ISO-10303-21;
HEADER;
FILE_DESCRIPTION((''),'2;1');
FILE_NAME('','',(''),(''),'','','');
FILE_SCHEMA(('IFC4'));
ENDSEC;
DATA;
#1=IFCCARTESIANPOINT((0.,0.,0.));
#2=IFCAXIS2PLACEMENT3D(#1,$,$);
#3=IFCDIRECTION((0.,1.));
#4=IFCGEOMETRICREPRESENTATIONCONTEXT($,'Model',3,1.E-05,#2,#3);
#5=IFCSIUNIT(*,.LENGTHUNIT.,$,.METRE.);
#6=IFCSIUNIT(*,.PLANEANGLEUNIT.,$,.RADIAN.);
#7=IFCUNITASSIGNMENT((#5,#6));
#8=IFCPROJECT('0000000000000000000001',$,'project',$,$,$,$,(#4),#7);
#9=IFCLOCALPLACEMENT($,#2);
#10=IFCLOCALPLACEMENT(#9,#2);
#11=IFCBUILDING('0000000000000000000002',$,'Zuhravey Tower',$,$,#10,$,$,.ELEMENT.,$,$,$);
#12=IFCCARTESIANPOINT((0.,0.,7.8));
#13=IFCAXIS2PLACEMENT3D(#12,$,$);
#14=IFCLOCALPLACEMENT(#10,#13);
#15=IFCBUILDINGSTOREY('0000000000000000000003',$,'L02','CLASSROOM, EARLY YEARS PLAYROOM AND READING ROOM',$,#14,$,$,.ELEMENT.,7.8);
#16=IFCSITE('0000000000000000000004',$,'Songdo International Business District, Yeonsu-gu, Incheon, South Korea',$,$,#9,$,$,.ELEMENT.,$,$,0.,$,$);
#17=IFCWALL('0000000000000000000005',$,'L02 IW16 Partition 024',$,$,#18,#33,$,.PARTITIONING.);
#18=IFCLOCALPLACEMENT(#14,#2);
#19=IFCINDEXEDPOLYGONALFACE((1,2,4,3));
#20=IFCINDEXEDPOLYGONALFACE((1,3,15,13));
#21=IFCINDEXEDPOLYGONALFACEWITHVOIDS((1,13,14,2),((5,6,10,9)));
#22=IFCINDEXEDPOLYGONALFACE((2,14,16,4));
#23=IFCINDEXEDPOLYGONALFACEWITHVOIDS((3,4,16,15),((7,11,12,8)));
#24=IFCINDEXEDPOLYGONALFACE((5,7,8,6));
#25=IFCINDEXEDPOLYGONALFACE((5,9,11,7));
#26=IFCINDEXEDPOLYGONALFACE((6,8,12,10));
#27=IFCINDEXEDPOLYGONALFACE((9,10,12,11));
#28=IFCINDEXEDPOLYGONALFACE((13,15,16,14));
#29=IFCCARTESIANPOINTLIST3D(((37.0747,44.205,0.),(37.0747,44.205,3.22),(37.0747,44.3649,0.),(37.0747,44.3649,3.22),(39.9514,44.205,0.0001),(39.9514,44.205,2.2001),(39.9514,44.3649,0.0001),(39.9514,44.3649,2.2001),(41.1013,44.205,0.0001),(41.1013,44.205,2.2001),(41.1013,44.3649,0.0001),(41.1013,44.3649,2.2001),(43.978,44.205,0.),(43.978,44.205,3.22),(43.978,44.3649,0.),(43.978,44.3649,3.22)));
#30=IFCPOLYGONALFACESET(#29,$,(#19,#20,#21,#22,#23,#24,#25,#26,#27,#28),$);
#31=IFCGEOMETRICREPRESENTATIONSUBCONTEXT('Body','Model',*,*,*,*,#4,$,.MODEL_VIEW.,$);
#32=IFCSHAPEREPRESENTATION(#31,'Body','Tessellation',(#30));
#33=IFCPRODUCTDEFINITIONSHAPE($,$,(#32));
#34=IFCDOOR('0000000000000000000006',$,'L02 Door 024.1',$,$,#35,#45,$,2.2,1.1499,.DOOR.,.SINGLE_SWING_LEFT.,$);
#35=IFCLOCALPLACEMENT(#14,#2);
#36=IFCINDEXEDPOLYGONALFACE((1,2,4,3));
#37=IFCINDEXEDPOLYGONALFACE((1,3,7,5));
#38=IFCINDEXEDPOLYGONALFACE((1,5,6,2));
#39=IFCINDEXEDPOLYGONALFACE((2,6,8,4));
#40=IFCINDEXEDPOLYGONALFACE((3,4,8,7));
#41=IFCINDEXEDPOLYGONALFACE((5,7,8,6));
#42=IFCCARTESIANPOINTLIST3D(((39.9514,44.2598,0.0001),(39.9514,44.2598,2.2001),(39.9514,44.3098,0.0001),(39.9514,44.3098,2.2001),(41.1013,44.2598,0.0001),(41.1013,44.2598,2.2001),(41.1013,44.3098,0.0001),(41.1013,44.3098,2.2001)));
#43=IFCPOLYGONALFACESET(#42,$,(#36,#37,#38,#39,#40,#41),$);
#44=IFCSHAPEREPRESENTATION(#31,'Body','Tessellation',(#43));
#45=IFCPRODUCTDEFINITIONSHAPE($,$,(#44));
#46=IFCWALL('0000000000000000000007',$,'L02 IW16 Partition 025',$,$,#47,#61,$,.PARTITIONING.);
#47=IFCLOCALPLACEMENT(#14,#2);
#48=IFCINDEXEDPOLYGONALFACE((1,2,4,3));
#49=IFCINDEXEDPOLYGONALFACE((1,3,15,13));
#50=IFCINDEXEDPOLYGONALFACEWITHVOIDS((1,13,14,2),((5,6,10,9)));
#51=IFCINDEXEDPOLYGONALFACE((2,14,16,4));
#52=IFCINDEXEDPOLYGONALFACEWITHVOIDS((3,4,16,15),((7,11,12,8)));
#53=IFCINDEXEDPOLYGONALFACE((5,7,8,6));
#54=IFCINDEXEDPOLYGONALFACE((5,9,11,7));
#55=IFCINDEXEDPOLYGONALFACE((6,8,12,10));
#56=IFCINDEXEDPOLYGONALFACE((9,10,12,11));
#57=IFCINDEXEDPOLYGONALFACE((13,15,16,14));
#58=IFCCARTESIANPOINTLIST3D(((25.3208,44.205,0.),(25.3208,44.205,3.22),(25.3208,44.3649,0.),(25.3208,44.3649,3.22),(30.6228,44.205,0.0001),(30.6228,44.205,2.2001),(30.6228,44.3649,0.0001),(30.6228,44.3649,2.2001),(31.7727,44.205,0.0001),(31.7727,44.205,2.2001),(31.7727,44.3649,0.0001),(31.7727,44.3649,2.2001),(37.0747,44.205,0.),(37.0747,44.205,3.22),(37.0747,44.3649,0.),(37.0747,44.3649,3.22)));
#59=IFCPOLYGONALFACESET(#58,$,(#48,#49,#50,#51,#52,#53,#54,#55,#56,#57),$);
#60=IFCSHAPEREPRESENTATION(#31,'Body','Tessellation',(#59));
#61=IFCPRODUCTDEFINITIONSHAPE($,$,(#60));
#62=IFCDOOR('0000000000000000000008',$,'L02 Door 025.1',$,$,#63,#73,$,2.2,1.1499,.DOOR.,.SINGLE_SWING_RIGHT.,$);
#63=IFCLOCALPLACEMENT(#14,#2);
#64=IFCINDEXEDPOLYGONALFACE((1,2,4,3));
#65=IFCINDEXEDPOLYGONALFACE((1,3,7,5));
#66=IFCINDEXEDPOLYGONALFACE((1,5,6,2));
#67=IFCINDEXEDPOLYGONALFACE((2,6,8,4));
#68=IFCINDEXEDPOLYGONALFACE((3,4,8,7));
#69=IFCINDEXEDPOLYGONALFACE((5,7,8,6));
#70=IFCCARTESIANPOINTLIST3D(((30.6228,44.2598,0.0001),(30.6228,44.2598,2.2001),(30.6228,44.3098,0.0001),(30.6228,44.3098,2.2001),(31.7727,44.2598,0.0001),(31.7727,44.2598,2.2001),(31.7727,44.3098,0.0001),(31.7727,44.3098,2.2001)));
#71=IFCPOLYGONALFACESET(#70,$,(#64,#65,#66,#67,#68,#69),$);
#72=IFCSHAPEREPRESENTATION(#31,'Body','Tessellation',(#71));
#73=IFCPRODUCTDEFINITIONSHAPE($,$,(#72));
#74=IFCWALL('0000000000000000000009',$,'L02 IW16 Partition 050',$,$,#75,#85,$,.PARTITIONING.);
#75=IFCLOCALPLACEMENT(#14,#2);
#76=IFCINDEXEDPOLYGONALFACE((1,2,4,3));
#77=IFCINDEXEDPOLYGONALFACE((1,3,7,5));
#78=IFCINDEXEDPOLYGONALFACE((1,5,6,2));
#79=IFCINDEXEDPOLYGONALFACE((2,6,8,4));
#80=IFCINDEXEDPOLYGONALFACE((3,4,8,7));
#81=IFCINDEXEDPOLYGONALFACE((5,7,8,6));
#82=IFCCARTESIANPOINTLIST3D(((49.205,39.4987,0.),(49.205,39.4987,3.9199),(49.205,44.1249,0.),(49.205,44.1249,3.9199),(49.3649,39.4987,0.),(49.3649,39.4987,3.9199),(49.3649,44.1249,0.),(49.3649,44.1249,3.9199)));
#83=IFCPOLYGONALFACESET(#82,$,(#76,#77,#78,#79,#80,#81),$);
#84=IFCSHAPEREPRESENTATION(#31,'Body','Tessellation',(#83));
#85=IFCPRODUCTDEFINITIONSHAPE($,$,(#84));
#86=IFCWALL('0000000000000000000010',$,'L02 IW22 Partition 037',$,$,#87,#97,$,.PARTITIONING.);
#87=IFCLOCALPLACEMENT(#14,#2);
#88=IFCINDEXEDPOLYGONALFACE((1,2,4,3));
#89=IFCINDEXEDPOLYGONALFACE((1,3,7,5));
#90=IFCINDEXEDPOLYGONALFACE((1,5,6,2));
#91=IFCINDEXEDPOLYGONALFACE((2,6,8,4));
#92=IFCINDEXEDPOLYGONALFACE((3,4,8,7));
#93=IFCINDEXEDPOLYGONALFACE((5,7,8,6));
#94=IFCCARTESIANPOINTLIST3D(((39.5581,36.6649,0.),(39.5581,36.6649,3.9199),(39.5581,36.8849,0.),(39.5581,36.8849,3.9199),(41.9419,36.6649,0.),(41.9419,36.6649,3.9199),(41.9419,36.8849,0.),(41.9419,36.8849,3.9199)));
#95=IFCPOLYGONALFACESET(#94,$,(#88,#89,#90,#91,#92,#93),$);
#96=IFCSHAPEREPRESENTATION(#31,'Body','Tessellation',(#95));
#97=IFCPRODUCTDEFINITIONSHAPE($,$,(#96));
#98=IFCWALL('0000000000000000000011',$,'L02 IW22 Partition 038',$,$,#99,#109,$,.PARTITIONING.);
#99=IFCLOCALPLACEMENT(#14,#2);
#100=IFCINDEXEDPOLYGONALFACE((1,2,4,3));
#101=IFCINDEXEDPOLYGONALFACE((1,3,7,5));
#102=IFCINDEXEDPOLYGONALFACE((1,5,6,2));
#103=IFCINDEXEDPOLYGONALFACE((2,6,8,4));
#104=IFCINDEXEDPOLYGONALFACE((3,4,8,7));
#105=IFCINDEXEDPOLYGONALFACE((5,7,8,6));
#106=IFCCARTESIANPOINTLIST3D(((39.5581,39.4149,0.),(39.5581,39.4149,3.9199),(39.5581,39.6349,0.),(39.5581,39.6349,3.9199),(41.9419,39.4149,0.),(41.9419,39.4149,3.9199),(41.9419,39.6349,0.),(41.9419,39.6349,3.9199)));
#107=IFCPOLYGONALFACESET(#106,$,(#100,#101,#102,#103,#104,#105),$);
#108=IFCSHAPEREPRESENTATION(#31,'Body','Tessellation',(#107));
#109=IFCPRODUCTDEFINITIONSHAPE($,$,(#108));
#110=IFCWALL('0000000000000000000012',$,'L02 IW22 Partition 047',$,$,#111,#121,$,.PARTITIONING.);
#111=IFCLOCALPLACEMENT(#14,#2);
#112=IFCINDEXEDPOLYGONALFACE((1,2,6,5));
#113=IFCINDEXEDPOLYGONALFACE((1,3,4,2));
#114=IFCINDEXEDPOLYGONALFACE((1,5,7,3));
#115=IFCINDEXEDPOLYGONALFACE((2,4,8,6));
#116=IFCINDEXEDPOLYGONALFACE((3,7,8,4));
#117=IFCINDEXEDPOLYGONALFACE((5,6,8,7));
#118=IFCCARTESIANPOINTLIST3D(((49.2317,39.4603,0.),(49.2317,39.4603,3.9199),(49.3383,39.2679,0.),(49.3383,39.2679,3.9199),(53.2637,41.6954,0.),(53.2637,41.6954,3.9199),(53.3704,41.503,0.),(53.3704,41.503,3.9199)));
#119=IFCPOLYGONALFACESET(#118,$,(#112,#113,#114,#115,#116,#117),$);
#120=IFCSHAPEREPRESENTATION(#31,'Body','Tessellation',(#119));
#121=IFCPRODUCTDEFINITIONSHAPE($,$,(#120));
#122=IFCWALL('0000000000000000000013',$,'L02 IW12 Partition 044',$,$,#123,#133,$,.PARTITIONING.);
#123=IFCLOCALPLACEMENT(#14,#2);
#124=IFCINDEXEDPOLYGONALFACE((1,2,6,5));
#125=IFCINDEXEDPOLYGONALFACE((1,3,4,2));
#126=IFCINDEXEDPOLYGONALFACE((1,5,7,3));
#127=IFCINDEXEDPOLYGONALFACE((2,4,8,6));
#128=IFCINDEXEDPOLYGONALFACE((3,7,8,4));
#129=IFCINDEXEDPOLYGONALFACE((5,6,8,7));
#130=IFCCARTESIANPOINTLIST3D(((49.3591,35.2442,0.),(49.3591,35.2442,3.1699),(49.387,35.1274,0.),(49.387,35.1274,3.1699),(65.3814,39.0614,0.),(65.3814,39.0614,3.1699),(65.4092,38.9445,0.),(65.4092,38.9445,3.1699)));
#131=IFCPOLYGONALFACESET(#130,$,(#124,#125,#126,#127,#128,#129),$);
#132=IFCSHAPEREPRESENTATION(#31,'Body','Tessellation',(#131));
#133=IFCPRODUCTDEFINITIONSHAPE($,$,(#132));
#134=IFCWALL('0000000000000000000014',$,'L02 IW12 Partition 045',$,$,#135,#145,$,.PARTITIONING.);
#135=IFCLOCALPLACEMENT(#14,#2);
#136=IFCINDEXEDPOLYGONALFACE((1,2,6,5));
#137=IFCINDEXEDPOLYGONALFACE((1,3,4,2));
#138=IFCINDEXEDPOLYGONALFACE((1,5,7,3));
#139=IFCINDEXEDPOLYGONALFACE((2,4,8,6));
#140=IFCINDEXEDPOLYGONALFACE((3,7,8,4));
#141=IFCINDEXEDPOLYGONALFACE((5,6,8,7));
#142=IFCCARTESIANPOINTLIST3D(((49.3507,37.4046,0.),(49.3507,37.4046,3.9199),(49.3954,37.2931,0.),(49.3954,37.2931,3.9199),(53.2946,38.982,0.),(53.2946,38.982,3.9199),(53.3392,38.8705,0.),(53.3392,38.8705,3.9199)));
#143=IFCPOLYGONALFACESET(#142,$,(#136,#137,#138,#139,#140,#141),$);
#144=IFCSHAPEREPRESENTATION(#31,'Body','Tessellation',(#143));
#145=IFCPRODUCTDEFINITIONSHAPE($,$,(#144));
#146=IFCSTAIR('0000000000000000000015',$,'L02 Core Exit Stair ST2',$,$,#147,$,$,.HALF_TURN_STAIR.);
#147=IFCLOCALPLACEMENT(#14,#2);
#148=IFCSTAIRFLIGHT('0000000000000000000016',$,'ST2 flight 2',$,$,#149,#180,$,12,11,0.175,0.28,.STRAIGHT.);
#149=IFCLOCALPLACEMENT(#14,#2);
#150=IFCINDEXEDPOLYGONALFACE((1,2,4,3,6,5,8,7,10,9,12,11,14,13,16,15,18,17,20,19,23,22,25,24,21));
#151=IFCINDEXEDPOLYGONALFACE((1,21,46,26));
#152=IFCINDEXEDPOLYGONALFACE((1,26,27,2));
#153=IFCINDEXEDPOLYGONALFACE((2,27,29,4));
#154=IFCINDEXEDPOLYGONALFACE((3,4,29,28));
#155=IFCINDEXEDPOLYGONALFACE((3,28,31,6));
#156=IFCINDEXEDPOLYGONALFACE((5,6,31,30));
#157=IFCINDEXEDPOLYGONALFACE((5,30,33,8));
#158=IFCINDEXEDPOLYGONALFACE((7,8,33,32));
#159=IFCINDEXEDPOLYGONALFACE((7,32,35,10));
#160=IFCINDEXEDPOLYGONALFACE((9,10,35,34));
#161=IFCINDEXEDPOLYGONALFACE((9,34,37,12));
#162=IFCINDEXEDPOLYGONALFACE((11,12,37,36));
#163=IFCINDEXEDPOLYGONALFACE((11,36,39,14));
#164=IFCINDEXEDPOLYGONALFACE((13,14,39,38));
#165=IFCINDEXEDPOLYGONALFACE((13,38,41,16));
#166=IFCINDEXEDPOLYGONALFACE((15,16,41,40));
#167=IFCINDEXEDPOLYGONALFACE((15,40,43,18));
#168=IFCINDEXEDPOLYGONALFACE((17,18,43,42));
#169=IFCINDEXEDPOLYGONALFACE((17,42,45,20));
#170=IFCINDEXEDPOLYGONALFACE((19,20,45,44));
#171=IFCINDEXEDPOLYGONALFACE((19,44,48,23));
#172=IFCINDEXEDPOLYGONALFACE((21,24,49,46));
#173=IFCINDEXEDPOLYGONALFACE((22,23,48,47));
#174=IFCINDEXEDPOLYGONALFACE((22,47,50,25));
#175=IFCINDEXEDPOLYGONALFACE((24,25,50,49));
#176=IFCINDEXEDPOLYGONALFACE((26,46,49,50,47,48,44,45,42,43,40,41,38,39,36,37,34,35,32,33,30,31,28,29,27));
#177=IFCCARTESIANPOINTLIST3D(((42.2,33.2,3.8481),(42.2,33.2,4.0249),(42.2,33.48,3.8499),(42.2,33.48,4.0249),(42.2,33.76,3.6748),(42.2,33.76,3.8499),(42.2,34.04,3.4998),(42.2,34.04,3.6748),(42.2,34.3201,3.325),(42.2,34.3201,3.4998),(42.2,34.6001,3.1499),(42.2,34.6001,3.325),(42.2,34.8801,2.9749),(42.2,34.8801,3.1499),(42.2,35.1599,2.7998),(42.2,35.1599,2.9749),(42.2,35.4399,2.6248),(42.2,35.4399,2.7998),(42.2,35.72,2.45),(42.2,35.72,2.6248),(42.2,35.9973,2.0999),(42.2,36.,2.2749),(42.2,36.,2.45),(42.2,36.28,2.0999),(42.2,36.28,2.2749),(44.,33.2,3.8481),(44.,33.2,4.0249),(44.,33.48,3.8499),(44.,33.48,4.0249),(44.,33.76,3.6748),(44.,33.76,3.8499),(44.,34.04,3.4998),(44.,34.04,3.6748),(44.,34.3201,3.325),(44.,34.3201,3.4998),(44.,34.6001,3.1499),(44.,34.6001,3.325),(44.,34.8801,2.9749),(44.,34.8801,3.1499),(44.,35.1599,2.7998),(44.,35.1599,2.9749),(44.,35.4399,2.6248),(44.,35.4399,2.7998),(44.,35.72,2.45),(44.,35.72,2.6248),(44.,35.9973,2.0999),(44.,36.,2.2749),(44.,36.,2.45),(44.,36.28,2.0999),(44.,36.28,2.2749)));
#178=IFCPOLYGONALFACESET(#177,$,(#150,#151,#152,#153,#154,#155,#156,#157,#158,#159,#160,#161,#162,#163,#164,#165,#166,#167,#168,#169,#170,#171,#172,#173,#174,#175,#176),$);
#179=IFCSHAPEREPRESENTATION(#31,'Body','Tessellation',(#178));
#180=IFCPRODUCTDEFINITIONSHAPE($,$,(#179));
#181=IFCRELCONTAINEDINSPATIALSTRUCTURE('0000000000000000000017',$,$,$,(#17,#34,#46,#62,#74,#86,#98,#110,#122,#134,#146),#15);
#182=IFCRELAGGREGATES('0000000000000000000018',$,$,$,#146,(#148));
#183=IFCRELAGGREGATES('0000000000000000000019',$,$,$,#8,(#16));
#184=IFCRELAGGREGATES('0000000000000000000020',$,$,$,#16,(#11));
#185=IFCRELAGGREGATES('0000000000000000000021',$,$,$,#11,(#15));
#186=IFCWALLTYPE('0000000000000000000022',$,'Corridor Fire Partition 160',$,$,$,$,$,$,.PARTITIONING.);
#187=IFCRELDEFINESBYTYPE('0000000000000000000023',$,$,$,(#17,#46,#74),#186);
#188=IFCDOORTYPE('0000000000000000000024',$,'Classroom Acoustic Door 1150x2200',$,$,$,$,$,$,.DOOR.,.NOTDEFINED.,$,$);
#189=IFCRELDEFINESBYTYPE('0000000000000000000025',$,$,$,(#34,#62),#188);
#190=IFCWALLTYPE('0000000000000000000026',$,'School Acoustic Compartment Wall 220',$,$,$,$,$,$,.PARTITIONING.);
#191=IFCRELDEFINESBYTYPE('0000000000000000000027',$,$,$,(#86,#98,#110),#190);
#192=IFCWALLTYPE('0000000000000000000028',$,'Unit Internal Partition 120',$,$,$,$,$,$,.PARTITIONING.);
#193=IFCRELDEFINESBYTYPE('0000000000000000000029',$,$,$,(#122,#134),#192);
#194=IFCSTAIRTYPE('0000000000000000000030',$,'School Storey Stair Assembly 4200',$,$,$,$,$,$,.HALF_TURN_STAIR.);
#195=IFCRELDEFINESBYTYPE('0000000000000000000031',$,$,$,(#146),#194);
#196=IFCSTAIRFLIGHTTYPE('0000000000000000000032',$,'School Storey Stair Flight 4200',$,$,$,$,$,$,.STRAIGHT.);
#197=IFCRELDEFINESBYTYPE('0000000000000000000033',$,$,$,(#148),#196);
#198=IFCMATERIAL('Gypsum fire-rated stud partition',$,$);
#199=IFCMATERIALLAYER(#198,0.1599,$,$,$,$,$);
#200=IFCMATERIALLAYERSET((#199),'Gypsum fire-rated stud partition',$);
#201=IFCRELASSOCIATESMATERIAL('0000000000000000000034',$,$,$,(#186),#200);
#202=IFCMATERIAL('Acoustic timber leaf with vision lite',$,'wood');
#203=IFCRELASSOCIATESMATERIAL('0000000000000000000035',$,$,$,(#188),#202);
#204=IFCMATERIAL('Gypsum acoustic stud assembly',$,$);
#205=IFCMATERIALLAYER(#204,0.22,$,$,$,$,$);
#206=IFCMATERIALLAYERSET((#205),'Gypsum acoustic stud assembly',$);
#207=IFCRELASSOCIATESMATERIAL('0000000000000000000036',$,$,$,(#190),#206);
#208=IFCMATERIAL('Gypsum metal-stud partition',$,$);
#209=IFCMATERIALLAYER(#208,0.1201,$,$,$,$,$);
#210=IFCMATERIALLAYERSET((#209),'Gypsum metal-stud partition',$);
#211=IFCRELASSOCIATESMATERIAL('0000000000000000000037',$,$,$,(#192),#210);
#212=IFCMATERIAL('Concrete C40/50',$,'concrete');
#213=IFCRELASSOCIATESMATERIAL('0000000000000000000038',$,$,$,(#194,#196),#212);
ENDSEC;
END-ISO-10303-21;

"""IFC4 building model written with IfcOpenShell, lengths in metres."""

from ifc_helpers import new_model, si_unit, direction, frame, frame_2d, origin, place, context, subcontext, project, spatial, polyline, rectangle, outline, extrude, material, layer, layer_set, type_object, element, fill, aggregate, save


model = new_model("IFC4")

# Units and contexts
model_context = context("Model", 3, precision=1e-05, world=origin(), true_north=direction((0.0, 1.0)))
body_context = subcontext(model_context, "Body", "Model", "MODEL_VIEW")
ifc_project = project(units=[si_unit("LENGTHUNIT", "METRE"), si_unit("PLANEANGLEUNIT", "RADIAN")], contexts=[model_context])

# Site, building, storey
site_placement = place(None, origin())
site = spatial("IfcSite", under=ifc_project, at=site_placement, Name="Songdo International Business District, Yeonsu-gu, Incheon, South Korea", CompositionType="ELEMENT", RefElevation=0.0)
building_placement = place(site_placement, origin())
building = spatial("IfcBuilding", under=site, at=building_placement, Name="Zuhravey Tower", CompositionType="ELEMENT")
storey_placement = place(building_placement, frame((0.0, 0.0, 7.8)))
storey = spatial("IfcBuildingStorey", under=building, at=storey_placement, Name="L02", Description="CLASSROOM, EARLY YEARS PLAYROOM AND READING ROOM", CompositionType="ELEMENT", Elevation=7.8)

# Walls, openings, doors
ifc_material_1 = material(Name="Gypsum fire-rated stud partition")
ifc_layer_1 = layer(ifc_material_1, 0.1599)
ifc_layer_set_1 = layer_set([ifc_layer_1], Name="Gypsum fire-rated stud partition")
wall_type_1 = type_object("IfcWallType", Name="Corridor Fire Partition 160", PredefinedType="PARTITIONING", material=ifc_layer_set_1)
ifc_material_2 = material(Name="Acoustic timber leaf with vision lite", Category="wood")
door_type_1 = type_object("IfcDoorType", Name="Classroom Acoustic Door 1150x2200", OperationType="NOTDEFINED", PredefinedType="DOOR", material=ifc_material_2)
wall_1_placement = place(storey_placement, frame((43.978, 44.2849, 0.0), z_axis=(0.0, 0.0, 1.0), x_axis=(-1.0, 0.0, 0.0)))
wall_1 = element("IfcWall", 1, at=wall_1_placement, inside=storey, type_object=wall_type_1, Name="L02 IW16 Partition 024", PredefinedType="PARTITIONING", context=body_context, shape_type="SweptSolid", body=[
    extrude(rectangle(XDim=6.9033, YDim=0.1599, at=frame_2d((3.4517, 0.0))), origin(), (0.0, 0.0, 1.0), 3.22),
])
opening_1_placement = place(wall_1_placement, frame((2.8767, 0.0, 0.0)))
opening_1 = element("IfcOpeningElement", 2, at=opening_1_placement, cuts=wall_1, PredefinedType="OPENING", context=body_context, shape_type="SweptSolid", body=[
    extrude(rectangle(XDim=1.1499, YDim=2.2, at=frame_2d((0.575, 1.1001))), frame((0.0, 0.092, 0.0), z_axis=(0.0, -1.0, 0.0), x_axis=(1.0, 0.0, 0.0)), (0.0, 0.0, 1.0), 0.1838),
])
door_1_placement = place(opening_1_placement, frame((1.1499, 0.0, 0.0), z_axis=(0.0, 0.0, 1.0), x_axis=(-1.0, 0.0, 0.0)))
door_1 = element("IfcDoor", 3, at=door_1_placement, inside=storey, type_object=door_type_1, Name="L02 Door 024.1", OperationType="SINGLE_SWING_LEFT", OverallHeight=2.2, OverallWidth=1.1499, PredefinedType="DOOR", context=body_context, shape_type="SweptSolid", body=[
    extrude(rectangle(XDim=1.1499, YDim=2.2, at=frame_2d((0.575, 1.1001))), frame((0.0, 0.0249, 0.0), z_axis=(0.0, -1.0, 0.0), x_axis=(1.0, 0.0, 0.0)), (0.0, 0.0, 1.0), 0.05),
])
fill(opening_1, door_1)
wall_2_placement = place(storey_placement, frame((37.0747, 44.2849, 0.0), z_axis=(0.0, 0.0, 1.0), x_axis=(-1.0, 0.0, 0.0)))
wall_2 = element("IfcWall", 4, at=wall_2_placement, inside=storey, type_object=wall_type_1, Name="L02 IW16 Partition 025", PredefinedType="PARTITIONING", context=body_context, shape_type="SweptSolid", body=[
    extrude(rectangle(XDim=11.7539, YDim=0.1599, at=frame_2d((5.877, 0.0))), origin(), (0.0, 0.0, 1.0), 3.22),
])
opening_2_placement = place(wall_2_placement, frame((5.302, 0.0, 0.0)))
opening_2 = element("IfcOpeningElement", 5, at=opening_2_placement, cuts=wall_2, PredefinedType="OPENING", context=body_context, shape_type="SweptSolid", body=[
    extrude(rectangle(XDim=1.1499, YDim=2.2, at=frame_2d((0.575, 1.1001))), frame((0.0, 0.092, 0.0), z_axis=(0.0, -1.0, 0.0), x_axis=(1.0, 0.0, 0.0)), (0.0, 0.0, 1.0), 0.1838),
])
door_2_placement = place(opening_2_placement, frame((1.1499, 0.0, 0.0), z_axis=(0.0, 0.0, 1.0), x_axis=(-1.0, 0.0, 0.0)))
door_2 = element("IfcDoor", 6, at=door_2_placement, inside=storey, type_object=door_type_1, Name="L02 Door 025.1", OperationType="SINGLE_SWING_RIGHT", OverallHeight=2.2, OverallWidth=1.1499, PredefinedType="DOOR", context=body_context, shape_type="SweptSolid", body=[
    extrude(rectangle(XDim=1.1499, YDim=2.2, at=frame_2d((0.575, 1.1001))), frame((0.0, 0.0249, 0.0), z_axis=(0.0, -1.0, 0.0), x_axis=(1.0, 0.0, 0.0)), (0.0, 0.0, 1.0), 0.05),
])
fill(opening_2, door_2)

# Wall
wall_3_placement = place(storey_placement, frame((49.2849, 39.4988, 0.0), z_axis=(0.0, 0.0, 1.0), x_axis=(0.0, 1.0, 0.0)))
element("IfcWall", 7, at=wall_3_placement, inside=storey, type_object=wall_type_1, Name="L02 IW16 Partition 050", PredefinedType="PARTITIONING", context=body_context, shape_type="SweptSolid", body=[
    extrude(rectangle(XDim=4.6262, YDim=0.1599, at=frame_2d((2.313, 0.0))), origin(), (0.0, 0.0, 1.0), 3.9199),
])

# Walls
ifc_material_3 = material(Name="Gypsum acoustic stud assembly")
ifc_layer_2 = layer(ifc_material_3, 0.22)
ifc_layer_set_2 = layer_set([ifc_layer_2], Name="Gypsum acoustic stud assembly")
wall_type_2 = type_object("IfcWallType", Name="School Acoustic Compartment Wall 220", PredefinedType="PARTITIONING", material=ifc_layer_set_2)
for number, where, z_axis, x_axis, name in (
    (8, (39.5581, 36.7749, 0.0), (0.0, 0.0, 1.0), (1.0, 0.0, 0.0), "L02 IW22 Partition 037"),
    (9, (39.5581, 39.5249, 0.0), (0.0, 0.0, 1.0), (1.0, 0.0, 0.0), "L02 IW22 Partition 038"),
):
    element("IfcWall", number, at=place(storey_placement, frame(where, z_axis=z_axis, x_axis=x_axis)), inside=storey, type_object=wall_type_2, Name=name, PredefinedType="PARTITIONING", context=body_context, shape_type="SweptSolid", body=[
        extrude(rectangle(XDim=2.3838, YDim=0.22, at=frame_2d((1.1919, 0.0))), origin(), (0.0, 0.0, 1.0), 3.9199),
    ])
wall_4_placement = place(storey_placement, frame((49.2849, 39.364, 0.0), z_axis=(0.0, 0.0, 1.0), x_axis=(0.874607, 0.484833, 0.0)))
element("IfcWall", 10, at=wall_4_placement, inside=storey, type_object=wall_type_2, Name="L02 IW22 Partition 047", PredefinedType="PARTITIONING", context=body_context, shape_type="SweptSolid", body=[
    extrude(rectangle(XDim=4.6101, YDim=0.22, at=frame_2d((2.3052, 0.0))), origin(), (0.0, 0.0, 1.0), 3.9199),
])
ifc_material_4 = material(Name="Gypsum metal-stud partition")
ifc_layer_3 = layer(ifc_material_4, 0.1201)
ifc_layer_set_3 = layer_set([ifc_layer_3], Name="Gypsum metal-stud partition")
wall_type_3 = type_object("IfcWallType", Name="Unit Internal Partition 120", PredefinedType="PARTITIONING", material=ifc_layer_set_3)
wall_5_placement = place(storey_placement, frame((49.373, 35.1858, 0.0), z_axis=(0.0, 0.0, 1.0), x_axis=(0.972774, 0.231754, 0.0)))
element("IfcWall", 11, at=wall_5_placement, inside=storey, type_object=wall_type_3, Name="L02 IW12 Partition 044", PredefinedType="PARTITIONING", context=body_context, shape_type="SweptSolid", body=[
    extrude(rectangle(XDim=16.4707, YDim=0.1201, at=frame_2d((8.2354, 0.0))), origin(), (0.0, 0.0, 1.0), 3.1699),
])
wall_6_placement = place(storey_placement, frame((49.373, 37.3489, 0.0), z_axis=(0.0, 0.0, 1.0), x_axis=(0.928489, 0.371361, 0.0)))
element("IfcWall", 12, at=wall_6_placement, inside=storey, type_object=wall_type_3, Name="L02 IW12 Partition 045", PredefinedType="PARTITIONING", context=body_context, shape_type="SweptSolid", body=[
    extrude(rectangle(XDim=4.2476, YDim=0.1201, at=frame_2d((2.1238, 0.0))), origin(), (0.0, 0.0, 1.0), 3.9199),
])

# Stair, stair flight
ifc_material_5 = material(Name="Concrete C40/50", Category="concrete")
stair_type = type_object("IfcStairType", Name="School Storey Stair Assembly 4200", PredefinedType="HALF_TURN_STAIR", material=ifc_material_5)
stair_placement = place(storey_placement, origin())
stair = element("IfcStair", 13, at=stair_placement, inside=storey, type_object=stair_type, Name="L02 Core Exit Stair ST2", PredefinedType="HALF_TURN_STAIR")
stair_flight_type = type_object("IfcStairFlightType", Name="School Storey Stair Flight 4200", PredefinedType="STRAIGHT", material=ifc_material_5)
stair_flight_placement = place(storey_placement, frame((43.1001, 36.28, 2.0999), z_axis=(0.0, 0.0, 1.0), x_axis=(0.0, -1.0, 0.0)))
stair_flight = element("IfcStairFlight", 14, at=stair_flight_placement, type_object=stair_flight_type, Name="ST2 flight 2", NumberOfRisers=12, NumberOfTreads=11, PredefinedType="STRAIGHT", RiserHeight=0.175, TreadLength=0.28, context=body_context, shape_type="SweptSolid", body=[
    extrude(outline(polyline([(0.0, 0.0), (0.0, 0.175), (0.28, 0.175), (0.28, 0.3501), (0.5601, 0.3501), (0.5601, 0.5249), (0.8401, 0.5249), (0.8401, 0.7), (1.1201, 0.7), (1.1201, 0.875), (1.3999, 0.875), (1.3999, 1.05), (1.6799, 1.05), (1.6799, 1.2251), (1.96, 1.2251), (1.96, 1.3999), (2.24, 1.3999), (2.24, 1.575), (2.52, 1.575), (2.52, 1.75), (2.8, 1.75), (2.8, 1.925), (3.0801, 1.925), (3.0801, 2.1001), (3.0801, 1.7483), (0.2827, 0.0), (0.0, 0.0)])), frame((0.0, 0.8999, 0.0), z_axis=(0.0, -1.0, 0.0), x_axis=(1.0, 0.0, 0.0)), (0.0, 0.0, 1.0), 1.8),
])
aggregate(stair, [stair_flight])

save(model, "model.ifc")
